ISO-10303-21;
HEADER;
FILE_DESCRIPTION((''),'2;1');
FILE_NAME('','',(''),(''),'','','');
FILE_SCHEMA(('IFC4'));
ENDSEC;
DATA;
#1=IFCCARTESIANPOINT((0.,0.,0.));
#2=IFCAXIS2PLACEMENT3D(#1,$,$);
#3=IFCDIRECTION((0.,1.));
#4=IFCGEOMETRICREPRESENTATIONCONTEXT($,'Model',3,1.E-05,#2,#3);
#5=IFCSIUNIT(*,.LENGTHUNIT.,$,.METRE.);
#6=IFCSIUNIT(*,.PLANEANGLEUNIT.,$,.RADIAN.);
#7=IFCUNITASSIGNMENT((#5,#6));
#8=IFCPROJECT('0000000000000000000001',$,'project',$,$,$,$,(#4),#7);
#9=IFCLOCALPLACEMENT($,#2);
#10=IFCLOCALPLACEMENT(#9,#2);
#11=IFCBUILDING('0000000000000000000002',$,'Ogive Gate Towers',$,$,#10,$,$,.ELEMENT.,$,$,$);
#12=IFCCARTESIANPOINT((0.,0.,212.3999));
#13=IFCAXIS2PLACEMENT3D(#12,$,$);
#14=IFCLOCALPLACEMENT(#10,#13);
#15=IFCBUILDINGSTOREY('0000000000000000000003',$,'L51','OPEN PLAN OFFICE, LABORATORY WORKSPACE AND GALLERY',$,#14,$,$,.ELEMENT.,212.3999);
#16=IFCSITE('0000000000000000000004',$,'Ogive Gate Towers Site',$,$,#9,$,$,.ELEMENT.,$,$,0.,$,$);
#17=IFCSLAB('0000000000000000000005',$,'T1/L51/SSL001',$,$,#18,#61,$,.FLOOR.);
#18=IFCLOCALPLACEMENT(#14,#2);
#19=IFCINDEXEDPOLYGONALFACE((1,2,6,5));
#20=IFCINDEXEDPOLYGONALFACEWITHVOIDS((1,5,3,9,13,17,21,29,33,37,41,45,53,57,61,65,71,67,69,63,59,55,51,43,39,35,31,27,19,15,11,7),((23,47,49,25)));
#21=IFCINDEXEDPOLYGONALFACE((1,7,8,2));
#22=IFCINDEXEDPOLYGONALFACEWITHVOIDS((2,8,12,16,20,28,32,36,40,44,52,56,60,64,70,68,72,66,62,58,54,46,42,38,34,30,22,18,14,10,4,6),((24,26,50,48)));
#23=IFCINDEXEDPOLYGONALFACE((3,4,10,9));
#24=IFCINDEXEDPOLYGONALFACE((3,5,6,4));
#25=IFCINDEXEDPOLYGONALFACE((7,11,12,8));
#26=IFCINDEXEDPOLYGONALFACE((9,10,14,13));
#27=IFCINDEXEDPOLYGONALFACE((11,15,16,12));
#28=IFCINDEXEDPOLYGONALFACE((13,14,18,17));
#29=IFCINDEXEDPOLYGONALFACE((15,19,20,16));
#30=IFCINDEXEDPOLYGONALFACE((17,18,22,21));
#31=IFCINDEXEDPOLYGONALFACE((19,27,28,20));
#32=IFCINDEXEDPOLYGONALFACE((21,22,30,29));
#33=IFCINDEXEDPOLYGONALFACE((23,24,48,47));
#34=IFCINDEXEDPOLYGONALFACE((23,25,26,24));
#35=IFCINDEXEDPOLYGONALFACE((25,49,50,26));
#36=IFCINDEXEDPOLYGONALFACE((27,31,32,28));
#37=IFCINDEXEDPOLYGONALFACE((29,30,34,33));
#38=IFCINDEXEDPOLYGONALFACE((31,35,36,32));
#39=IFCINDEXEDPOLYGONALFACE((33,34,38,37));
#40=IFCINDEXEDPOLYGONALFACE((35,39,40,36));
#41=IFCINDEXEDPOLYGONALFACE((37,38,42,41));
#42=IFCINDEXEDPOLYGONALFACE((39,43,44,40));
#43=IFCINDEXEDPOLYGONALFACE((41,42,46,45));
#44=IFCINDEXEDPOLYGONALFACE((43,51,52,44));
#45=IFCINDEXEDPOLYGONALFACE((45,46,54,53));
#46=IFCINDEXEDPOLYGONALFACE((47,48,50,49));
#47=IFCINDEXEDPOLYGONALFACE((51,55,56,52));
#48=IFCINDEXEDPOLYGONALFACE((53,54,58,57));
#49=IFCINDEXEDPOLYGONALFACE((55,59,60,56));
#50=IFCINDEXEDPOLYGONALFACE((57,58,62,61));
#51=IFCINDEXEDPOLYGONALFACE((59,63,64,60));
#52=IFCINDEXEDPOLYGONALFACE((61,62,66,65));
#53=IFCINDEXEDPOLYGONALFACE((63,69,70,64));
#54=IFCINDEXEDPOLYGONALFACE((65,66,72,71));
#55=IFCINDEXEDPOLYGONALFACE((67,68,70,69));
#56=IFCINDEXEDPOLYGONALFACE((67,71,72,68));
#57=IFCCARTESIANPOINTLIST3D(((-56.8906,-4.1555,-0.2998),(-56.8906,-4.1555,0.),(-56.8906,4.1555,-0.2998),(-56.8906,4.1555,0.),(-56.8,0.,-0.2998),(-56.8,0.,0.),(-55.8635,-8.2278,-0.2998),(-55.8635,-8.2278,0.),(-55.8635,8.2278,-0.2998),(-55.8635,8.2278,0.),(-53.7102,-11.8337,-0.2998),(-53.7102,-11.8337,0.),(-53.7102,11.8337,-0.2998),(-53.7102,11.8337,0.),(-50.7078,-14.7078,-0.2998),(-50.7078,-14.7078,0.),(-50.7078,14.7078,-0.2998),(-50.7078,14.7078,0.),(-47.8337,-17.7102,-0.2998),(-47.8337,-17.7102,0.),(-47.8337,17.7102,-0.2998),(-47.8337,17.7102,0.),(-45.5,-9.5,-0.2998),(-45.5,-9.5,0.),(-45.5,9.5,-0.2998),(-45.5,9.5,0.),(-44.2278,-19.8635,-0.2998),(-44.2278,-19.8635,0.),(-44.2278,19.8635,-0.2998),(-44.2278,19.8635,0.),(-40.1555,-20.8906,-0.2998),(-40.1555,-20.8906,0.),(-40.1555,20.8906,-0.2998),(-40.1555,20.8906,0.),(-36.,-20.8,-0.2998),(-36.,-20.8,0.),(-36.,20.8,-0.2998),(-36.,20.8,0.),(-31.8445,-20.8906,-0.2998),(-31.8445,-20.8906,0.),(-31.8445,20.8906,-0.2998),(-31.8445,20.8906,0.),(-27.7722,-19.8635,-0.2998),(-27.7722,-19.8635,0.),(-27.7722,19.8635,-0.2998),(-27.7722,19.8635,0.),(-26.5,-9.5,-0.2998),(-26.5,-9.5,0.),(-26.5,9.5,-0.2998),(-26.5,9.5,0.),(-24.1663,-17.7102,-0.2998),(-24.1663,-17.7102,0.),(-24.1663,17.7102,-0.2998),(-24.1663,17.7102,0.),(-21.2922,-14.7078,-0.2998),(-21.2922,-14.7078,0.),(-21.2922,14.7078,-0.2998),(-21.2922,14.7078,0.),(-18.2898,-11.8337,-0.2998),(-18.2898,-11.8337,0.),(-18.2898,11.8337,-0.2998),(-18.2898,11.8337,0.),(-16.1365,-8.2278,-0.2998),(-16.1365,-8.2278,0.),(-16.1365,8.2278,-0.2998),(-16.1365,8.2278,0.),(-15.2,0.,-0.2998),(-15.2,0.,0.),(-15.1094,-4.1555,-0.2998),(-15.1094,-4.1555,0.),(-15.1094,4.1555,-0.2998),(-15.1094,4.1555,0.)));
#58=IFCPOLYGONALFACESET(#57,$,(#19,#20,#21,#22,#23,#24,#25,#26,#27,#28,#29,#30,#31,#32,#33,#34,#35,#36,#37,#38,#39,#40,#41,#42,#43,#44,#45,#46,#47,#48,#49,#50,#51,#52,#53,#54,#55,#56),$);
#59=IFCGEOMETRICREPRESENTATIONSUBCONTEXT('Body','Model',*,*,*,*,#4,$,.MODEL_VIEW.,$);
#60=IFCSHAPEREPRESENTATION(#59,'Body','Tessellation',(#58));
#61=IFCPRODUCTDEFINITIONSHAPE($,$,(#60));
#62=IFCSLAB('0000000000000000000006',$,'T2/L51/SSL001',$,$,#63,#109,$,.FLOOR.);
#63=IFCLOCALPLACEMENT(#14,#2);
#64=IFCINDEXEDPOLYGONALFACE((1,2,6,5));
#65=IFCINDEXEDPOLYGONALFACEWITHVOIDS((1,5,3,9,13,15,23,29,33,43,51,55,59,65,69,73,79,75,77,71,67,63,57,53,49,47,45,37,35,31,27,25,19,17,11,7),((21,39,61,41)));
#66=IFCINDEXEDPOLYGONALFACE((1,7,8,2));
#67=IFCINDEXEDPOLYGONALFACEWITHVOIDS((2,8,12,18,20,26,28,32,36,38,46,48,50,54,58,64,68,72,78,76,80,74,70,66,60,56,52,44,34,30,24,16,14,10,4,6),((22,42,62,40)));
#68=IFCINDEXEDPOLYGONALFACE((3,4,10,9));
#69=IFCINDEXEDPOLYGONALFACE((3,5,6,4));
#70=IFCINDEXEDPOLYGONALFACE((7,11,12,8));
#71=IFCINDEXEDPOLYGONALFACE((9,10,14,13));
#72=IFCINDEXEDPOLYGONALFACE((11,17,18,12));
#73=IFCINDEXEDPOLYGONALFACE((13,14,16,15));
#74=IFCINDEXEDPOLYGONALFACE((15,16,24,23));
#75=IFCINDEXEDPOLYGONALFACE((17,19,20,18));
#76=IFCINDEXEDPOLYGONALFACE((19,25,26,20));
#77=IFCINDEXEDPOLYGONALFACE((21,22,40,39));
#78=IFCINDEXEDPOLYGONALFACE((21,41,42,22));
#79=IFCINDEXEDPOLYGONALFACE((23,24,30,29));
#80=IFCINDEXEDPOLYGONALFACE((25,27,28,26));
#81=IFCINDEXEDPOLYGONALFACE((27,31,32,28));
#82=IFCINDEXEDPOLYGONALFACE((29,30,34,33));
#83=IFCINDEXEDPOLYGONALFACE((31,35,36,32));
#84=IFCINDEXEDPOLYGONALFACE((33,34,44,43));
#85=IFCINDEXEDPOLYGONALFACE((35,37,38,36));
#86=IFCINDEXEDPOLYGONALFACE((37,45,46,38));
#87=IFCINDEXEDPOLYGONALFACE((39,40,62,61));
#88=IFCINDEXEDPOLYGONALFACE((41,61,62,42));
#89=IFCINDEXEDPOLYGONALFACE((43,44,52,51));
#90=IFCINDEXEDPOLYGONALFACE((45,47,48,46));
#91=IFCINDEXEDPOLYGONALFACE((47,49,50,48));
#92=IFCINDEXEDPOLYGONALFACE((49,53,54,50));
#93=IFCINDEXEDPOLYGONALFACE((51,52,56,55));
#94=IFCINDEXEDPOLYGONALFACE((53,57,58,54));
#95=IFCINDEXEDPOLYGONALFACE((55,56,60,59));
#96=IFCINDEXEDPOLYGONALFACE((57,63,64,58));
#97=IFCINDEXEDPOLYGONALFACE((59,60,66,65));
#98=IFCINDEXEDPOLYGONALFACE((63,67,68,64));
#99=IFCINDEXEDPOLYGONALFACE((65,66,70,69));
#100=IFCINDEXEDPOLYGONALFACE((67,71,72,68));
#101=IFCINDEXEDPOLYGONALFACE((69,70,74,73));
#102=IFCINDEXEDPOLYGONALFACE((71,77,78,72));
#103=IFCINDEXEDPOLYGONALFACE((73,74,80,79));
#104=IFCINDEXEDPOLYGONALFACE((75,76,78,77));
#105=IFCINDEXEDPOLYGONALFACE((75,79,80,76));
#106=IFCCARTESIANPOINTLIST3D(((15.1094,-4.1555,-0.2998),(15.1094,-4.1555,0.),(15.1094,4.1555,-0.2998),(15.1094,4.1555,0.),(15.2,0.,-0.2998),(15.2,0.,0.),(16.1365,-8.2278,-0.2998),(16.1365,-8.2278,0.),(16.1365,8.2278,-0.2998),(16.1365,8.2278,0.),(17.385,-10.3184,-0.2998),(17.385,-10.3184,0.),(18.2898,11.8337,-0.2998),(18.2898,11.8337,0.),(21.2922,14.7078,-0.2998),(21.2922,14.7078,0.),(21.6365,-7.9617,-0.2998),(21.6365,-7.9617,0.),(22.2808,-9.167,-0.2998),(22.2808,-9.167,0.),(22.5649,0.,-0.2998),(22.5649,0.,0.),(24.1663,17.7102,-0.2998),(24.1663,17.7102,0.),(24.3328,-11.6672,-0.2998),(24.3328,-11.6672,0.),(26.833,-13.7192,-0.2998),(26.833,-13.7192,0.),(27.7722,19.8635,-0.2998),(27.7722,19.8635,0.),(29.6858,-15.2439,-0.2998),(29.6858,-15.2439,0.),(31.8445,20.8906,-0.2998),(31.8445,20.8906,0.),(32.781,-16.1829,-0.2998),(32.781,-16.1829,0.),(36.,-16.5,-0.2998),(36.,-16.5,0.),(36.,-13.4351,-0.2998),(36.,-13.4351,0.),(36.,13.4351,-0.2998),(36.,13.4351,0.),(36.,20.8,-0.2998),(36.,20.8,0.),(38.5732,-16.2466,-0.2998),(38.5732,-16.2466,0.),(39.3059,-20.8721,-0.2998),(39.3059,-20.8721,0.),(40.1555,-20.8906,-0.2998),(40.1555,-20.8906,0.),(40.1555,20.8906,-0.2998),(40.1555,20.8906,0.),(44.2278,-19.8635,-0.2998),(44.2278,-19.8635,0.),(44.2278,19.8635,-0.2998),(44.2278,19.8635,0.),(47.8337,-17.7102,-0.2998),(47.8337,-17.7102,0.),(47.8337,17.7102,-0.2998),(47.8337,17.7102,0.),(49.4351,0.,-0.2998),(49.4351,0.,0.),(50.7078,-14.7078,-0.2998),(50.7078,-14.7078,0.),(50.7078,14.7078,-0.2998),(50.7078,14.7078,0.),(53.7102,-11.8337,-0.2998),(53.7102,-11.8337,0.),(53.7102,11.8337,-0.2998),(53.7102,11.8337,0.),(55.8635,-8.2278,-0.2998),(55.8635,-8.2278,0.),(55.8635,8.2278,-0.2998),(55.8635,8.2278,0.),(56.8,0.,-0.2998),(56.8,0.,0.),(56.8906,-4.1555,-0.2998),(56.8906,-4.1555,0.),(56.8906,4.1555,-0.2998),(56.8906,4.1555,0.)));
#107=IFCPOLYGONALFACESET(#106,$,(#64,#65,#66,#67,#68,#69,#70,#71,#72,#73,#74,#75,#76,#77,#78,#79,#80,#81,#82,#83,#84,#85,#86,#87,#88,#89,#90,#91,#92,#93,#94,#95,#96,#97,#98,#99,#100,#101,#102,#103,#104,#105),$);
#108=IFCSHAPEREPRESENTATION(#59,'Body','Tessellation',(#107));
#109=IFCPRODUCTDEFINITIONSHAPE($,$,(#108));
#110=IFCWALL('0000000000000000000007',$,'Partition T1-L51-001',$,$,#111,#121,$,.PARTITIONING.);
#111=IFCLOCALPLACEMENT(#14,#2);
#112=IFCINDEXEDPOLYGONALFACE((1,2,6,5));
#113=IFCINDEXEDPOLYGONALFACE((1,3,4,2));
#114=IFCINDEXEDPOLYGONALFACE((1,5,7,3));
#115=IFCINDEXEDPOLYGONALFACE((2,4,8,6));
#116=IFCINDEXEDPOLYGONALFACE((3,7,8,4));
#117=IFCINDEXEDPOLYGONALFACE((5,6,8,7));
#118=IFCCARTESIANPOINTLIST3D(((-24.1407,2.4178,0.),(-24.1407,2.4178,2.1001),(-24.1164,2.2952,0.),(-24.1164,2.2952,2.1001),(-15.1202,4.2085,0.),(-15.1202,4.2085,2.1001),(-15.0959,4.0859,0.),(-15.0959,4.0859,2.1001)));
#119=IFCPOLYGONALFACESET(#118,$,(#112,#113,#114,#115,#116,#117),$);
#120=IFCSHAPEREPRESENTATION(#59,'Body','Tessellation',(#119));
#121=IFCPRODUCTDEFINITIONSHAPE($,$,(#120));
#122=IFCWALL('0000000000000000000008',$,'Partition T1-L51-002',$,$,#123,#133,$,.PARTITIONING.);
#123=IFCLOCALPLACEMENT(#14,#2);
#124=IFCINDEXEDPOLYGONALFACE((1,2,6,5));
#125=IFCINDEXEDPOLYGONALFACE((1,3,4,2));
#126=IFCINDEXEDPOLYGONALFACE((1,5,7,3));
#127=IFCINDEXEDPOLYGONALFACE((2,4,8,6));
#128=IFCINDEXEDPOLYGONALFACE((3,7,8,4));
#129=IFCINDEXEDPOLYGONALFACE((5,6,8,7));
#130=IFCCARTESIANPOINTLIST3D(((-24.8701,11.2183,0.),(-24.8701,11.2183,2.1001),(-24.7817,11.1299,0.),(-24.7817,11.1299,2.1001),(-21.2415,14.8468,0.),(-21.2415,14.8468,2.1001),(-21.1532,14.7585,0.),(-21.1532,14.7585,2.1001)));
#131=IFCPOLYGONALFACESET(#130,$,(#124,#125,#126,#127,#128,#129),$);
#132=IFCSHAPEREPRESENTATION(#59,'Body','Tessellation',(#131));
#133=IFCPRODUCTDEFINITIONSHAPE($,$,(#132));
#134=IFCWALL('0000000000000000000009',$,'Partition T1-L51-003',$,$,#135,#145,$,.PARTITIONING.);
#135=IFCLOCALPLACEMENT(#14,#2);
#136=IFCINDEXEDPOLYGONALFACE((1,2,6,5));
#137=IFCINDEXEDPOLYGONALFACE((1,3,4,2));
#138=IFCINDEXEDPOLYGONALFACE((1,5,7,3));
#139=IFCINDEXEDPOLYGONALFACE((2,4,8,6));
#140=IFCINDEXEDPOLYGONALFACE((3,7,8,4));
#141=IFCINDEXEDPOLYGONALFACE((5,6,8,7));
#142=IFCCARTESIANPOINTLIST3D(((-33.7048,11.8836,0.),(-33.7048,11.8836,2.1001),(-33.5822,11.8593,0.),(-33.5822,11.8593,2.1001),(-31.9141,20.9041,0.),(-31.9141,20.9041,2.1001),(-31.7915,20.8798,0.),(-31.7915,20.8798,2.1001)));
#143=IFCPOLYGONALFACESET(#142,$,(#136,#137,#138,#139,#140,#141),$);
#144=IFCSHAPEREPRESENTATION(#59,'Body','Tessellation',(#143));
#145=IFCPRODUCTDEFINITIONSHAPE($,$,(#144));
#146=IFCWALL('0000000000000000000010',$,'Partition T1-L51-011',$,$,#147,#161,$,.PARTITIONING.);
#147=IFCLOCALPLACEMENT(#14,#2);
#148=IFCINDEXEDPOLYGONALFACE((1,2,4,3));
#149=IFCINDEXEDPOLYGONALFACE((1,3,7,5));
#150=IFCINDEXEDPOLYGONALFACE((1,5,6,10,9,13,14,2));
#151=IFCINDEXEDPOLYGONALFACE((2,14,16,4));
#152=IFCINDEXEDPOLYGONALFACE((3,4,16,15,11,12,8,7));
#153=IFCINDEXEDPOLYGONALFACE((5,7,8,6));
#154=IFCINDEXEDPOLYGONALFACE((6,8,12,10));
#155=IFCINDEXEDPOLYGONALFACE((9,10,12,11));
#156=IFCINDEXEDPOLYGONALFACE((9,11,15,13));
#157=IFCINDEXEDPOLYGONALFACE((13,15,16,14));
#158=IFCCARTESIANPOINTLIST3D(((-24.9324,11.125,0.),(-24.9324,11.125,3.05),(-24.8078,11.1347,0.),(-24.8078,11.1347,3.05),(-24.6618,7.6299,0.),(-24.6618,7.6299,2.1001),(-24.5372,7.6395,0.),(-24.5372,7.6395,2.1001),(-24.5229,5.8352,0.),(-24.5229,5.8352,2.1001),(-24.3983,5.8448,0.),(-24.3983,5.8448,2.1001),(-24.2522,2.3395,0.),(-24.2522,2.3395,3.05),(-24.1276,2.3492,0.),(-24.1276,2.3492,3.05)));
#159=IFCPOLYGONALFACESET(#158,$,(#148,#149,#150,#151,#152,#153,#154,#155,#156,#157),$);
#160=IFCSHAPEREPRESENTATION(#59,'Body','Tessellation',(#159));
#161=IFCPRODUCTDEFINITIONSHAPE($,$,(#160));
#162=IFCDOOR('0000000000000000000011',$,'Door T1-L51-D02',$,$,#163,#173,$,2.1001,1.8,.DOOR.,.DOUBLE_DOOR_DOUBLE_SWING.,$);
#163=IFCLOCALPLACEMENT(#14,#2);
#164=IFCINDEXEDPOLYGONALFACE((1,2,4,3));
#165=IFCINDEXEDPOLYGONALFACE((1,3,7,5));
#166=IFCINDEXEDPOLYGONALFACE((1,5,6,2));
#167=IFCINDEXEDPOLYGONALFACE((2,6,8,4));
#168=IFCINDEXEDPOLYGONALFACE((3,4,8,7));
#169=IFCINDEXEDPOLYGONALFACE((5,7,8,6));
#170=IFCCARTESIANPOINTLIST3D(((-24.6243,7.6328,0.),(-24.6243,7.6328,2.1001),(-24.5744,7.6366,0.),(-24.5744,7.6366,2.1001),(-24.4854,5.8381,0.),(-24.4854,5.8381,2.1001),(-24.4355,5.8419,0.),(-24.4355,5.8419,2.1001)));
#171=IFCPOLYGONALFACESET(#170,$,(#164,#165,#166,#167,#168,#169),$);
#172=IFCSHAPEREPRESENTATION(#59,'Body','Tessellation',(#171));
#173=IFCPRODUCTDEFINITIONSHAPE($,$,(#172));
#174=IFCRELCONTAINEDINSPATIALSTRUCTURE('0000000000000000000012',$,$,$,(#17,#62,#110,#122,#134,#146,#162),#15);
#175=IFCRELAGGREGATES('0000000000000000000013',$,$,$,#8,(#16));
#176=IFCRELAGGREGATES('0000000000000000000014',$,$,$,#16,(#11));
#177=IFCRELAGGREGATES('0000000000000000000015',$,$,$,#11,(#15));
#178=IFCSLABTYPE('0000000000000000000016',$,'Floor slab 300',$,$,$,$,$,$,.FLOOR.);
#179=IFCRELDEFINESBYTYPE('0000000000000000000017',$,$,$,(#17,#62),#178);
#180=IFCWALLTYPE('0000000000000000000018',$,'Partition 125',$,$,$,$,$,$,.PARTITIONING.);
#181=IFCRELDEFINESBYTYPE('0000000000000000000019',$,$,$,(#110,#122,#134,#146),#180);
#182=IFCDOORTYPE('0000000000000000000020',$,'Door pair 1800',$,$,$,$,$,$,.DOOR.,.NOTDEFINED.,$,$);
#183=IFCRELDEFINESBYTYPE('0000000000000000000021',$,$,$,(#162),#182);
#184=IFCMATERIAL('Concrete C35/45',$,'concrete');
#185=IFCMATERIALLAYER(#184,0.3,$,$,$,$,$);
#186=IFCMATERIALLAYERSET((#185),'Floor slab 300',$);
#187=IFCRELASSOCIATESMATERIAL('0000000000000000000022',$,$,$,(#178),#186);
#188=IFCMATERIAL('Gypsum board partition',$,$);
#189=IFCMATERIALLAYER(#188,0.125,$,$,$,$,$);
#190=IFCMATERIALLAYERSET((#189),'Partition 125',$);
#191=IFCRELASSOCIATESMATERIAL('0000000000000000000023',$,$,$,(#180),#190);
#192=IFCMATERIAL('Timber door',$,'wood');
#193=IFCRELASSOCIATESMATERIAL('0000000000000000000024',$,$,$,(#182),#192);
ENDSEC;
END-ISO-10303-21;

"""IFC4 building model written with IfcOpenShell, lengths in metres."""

from ifc_helpers import new_model, si_unit, direction, frame, frame_2d, origin, place, context, subcontext, project, spatial, polyline, rectangle, outline, extrude, material, layer, layer_set, type_object, element, fill, save


model = new_model("IFC4")

# Units and contexts
model_context = context("Model", 3, precision=1e-05, world=origin(), true_north=direction((0.0, 1.0)))
body_context = subcontext(model_context, "Body", "Model", "MODEL_VIEW")
ifc_project = project(units=[si_unit("LENGTHUNIT", "METRE"), si_unit("PLANEANGLEUNIT", "RADIAN")], contexts=[model_context])

# Site, building, storey
site_placement = place(None, origin())
site = spatial("IfcSite", under=ifc_project, at=site_placement, Name="Ogive Gate Towers Site", CompositionType="ELEMENT", RefElevation=0.0)
building_placement = place(site_placement, origin())
building = spatial("IfcBuilding", under=site, at=building_placement, Name="Ogive Gate Towers", CompositionType="ELEMENT")
storey_placement = place(building_placement, frame((0.0, 0.0, 212.3999)))
storey = spatial("IfcBuildingStorey", under=building, at=storey_placement, Name="L51", Description="OPEN PLAN OFFICE, LABORATORY WORKSPACE AND GALLERY", CompositionType="ELEMENT", Elevation=212.3999)

# Slabs
ifc_material_1 = material(Name="Concrete C35/45", Category="concrete")
ifc_layer_1 = layer(ifc_material_1, 0.3)
ifc_layer_set_1 = layer_set([ifc_layer_1], Name="Floor slab 300")
slab_type = type_object("IfcSlabType", Name="Floor slab 300", PredefinedType="FLOOR", material=ifc_layer_set_1)
slab_1_placement = place(storey_placement, frame((0.0, 0.0, -0.2998)))
element("IfcSlab", 1, at=slab_1_placement, inside=storey, type_object=slab_type, Name="T1/L51/SSL001", PredefinedType="FLOOR", context=body_context, shape_type="SweptSolid", body=[
    extrude(outline(polyline([(-15.1094, -4.1555), (-15.2, 0.0), (-15.1094, 4.1555), (-16.1365, 8.2278), (-18.2898, 11.8337), (-21.2922, 14.7078), (-24.1663, 17.7102), (-27.7722, 19.8635), (-31.8445, 20.8906), (-36.0, 20.8), (-40.1555, 20.8906), (-44.2278, 19.8635), (-47.8337, 17.7102), (-50.7078, 14.7078), (-53.7102, 11.8337), (-55.8635, 8.2278), (-56.8906, 4.1555), (-56.8, 0.0), (-56.8906, -4.1555), (-55.8635, -8.2278), (-53.7102, -11.8337), (-50.7078, -14.7078), (-47.8337, -17.7102), (-44.2278, -19.8635), (-40.1555, -20.8906), (-36.0, -20.8), (-31.8445, -20.8906), (-27.7722, -19.8635), (-24.1663, -17.7102), (-21.2922, -14.7078), (-18.2898, -11.8337), (-16.1365, -8.2278), (-15.1094, -4.1555)]), holes=[polyline([(-26.5, -9.5), (-45.5, -9.5), (-45.5, 9.5), (-26.5, 9.5), (-26.5, -9.5)])]), origin(), (0.0, 0.0, 1.0), 0.2998),
])
slab_2_placement = place(storey_placement, frame((0.0, 0.0, -0.2998)))
element("IfcSlab", 2, at=slab_2_placement, inside=storey, type_object=slab_type, Name="T2/L51/SSL001", PredefinedType="FLOOR", context=body_context, shape_type="SweptSolid", body=[
    extrude(outline(polyline([(15.1094, -4.1555), (16.1365, -8.2278), (17.385, -10.3184), (21.6365, -7.9617), (22.2808, -9.167), (24.3328, -11.6672), (26.833, -13.7192), (29.6858, -15.2439), (32.781, -16.1829), (36.0, -16.5), (38.5732, -16.2466), (39.3059, -20.8721), (40.1555, -20.8906), (44.2278, -19.8635), (47.8337, -17.7102), (50.7078, -14.7078), (53.7102, -11.8337), (55.8635, -8.2278), (56.8906, -4.1555), (56.8, 0.0), (56.8906, 4.1555), (55.8635, 8.2278), (53.7102, 11.8337), (50.7078, 14.7078), (47.8337, 17.7102), (44.2278, 19.8635), (40.1555, 20.8906), (36.0, 20.8), (31.8445, 20.8906), (27.7722, 19.8635), (24.1663, 17.7102), (21.2922, 14.7078), (18.2898, 11.8337), (16.1365, 8.2278), (15.1094, 4.1555), (15.2, 0.0), (15.1094, -4.1555)]), holes=[polyline([(49.4351, 0.0), (36.0, -13.4351), (22.5649, 0.0), (36.0, 13.4351), (49.4351, 0.0)])]), origin(), (0.0, 0.0, 1.0), 0.2998),
])

# Walls
ifc_material_2 = material(Name="Gypsum board partition")
ifc_layer_2 = layer(ifc_material_2, 0.125)
ifc_layer_set_2 = layer_set([ifc_layer_2], Name="Partition 125")
wall_type_1 = type_object("IfcWallType", Name="Partition 125", PredefinedType="PARTITIONING", material=ifc_layer_set_2)
wall_1_placement = place(storey_placement, frame((-15.1082, 4.1472, 0.0), z_axis=(0.0, 0.0, 1.0), x_axis=(-0.980858, -0.194722, 0.0)))
element("IfcWall", 3, at=wall_1_placement, inside=storey, type_object=wall_type_1, Name="Partition T1-L51-001", PredefinedType="PARTITIONING", context=body_context, shape_type="SweptSolid", body=[
    extrude(rectangle(XDim=9.1965, YDim=0.125, at=frame_2d((4.5981, 0.0))), origin(), (0.0, 0.0, 1.0), 2.1001),
])
wall_2_placement = place(storey_placement, frame((-21.1973, 14.8027, 0.0), z_axis=(0.0, 0.0, 1.0), x_axis=(-0.707107, -0.707107, 0.0)))
element("IfcWall", 4, at=wall_2_placement, inside=storey, type_object=wall_type_1, Name="Partition T1-L51-002", PredefinedType="PARTITIONING", context=body_context, shape_type="SweptSolid", body=[
    extrude(rectangle(XDim=5.1316, YDim=0.125, at=frame_2d((2.5659, 0.0))), origin(), (0.0, 0.0, 1.0), 2.1001),
])
wall_3_placement = place(storey_placement, frame((-31.8528, 20.8918, 0.0), z_axis=(0.0, 0.0, 1.0), x_axis=(-0.194722, -0.980858, 0.0)))
element("IfcWall", 5, at=wall_3_placement, inside=storey, type_object=wall_type_1, Name="Partition T1-L51-003", PredefinedType="PARTITIONING", context=body_context, shape_type="SweptSolid", body=[
    extrude(rectangle(XDim=9.1965, YDim=0.125, at=frame_2d((4.5981, 0.0))), origin(), (0.0, 0.0, 1.0), 2.1001),
])

# Wall, opening, door
wall_4_placement = place(storey_placement, frame((-24.1899, 2.3445, 0.0), z_axis=(0.0, 0.0, 1.0), x_axis=(-0.07719, 0.997016, 0.0)))
wall_4 = element("IfcWall", 6, at=wall_4_placement, inside=storey, type_object=wall_type_1, Name="Partition T1-L51-011", PredefinedType="PARTITIONING", context=body_context, shape_type="SweptSolid", body=[
    extrude(rectangle(XDim=8.8118, YDim=0.125, at=frame_2d((4.4058, 0.0))), origin(), (0.0, 0.0, 1.0), 3.05),
])
opening_1_placement = place(wall_4_placement, frame((3.5061, 0.0, 0.0)))
opening_1 = element("IfcOpeningElement", 7, at=opening_1_placement, cuts=wall_4, PredefinedType="OPENING", context=body_context, shape_type="SweptSolid", body=[
    extrude(rectangle(XDim=1.8, YDim=2.1001, at=frame_2d((0.8999, 1.05))), frame((0.0, 0.0725, 0.0), z_axis=(0.0, -1.0, 0.0), x_axis=(1.0, 0.0, 0.0)), (0.0, 0.0, 1.0), 0.145),
])
ifc_material_3 = material(Name="Timber door", Category="wood")
door_type_1 = type_object("IfcDoorType", Name="Door pair 1800", OperationType="NOTDEFINED", PredefinedType="DOOR", material=ifc_material_3)
door_1_placement = place(opening_1_placement, origin())
door_1 = element("IfcDoor", 8, at=door_1_placement, inside=storey, type_object=door_type_1, Name="Door T1-L51-D02", OperationType="DOUBLE_DOOR_DOUBLE_SWING", OverallHeight=2.1001, OverallWidth=1.8, PredefinedType="DOOR", context=body_context, shape_type="SweptSolid", body=[
    extrude(rectangle(XDim=1.8, YDim=2.1001, at=frame_2d((0.8999, 1.05))), frame((0.0, 0.0249, 0.0), z_axis=(0.0, -1.0, 0.0), x_axis=(1.0, 0.0, 0.0)), (0.0, 0.0, 1.0), 0.05),
])
fill(opening_1, door_1)

save(model, "model.ifc")
